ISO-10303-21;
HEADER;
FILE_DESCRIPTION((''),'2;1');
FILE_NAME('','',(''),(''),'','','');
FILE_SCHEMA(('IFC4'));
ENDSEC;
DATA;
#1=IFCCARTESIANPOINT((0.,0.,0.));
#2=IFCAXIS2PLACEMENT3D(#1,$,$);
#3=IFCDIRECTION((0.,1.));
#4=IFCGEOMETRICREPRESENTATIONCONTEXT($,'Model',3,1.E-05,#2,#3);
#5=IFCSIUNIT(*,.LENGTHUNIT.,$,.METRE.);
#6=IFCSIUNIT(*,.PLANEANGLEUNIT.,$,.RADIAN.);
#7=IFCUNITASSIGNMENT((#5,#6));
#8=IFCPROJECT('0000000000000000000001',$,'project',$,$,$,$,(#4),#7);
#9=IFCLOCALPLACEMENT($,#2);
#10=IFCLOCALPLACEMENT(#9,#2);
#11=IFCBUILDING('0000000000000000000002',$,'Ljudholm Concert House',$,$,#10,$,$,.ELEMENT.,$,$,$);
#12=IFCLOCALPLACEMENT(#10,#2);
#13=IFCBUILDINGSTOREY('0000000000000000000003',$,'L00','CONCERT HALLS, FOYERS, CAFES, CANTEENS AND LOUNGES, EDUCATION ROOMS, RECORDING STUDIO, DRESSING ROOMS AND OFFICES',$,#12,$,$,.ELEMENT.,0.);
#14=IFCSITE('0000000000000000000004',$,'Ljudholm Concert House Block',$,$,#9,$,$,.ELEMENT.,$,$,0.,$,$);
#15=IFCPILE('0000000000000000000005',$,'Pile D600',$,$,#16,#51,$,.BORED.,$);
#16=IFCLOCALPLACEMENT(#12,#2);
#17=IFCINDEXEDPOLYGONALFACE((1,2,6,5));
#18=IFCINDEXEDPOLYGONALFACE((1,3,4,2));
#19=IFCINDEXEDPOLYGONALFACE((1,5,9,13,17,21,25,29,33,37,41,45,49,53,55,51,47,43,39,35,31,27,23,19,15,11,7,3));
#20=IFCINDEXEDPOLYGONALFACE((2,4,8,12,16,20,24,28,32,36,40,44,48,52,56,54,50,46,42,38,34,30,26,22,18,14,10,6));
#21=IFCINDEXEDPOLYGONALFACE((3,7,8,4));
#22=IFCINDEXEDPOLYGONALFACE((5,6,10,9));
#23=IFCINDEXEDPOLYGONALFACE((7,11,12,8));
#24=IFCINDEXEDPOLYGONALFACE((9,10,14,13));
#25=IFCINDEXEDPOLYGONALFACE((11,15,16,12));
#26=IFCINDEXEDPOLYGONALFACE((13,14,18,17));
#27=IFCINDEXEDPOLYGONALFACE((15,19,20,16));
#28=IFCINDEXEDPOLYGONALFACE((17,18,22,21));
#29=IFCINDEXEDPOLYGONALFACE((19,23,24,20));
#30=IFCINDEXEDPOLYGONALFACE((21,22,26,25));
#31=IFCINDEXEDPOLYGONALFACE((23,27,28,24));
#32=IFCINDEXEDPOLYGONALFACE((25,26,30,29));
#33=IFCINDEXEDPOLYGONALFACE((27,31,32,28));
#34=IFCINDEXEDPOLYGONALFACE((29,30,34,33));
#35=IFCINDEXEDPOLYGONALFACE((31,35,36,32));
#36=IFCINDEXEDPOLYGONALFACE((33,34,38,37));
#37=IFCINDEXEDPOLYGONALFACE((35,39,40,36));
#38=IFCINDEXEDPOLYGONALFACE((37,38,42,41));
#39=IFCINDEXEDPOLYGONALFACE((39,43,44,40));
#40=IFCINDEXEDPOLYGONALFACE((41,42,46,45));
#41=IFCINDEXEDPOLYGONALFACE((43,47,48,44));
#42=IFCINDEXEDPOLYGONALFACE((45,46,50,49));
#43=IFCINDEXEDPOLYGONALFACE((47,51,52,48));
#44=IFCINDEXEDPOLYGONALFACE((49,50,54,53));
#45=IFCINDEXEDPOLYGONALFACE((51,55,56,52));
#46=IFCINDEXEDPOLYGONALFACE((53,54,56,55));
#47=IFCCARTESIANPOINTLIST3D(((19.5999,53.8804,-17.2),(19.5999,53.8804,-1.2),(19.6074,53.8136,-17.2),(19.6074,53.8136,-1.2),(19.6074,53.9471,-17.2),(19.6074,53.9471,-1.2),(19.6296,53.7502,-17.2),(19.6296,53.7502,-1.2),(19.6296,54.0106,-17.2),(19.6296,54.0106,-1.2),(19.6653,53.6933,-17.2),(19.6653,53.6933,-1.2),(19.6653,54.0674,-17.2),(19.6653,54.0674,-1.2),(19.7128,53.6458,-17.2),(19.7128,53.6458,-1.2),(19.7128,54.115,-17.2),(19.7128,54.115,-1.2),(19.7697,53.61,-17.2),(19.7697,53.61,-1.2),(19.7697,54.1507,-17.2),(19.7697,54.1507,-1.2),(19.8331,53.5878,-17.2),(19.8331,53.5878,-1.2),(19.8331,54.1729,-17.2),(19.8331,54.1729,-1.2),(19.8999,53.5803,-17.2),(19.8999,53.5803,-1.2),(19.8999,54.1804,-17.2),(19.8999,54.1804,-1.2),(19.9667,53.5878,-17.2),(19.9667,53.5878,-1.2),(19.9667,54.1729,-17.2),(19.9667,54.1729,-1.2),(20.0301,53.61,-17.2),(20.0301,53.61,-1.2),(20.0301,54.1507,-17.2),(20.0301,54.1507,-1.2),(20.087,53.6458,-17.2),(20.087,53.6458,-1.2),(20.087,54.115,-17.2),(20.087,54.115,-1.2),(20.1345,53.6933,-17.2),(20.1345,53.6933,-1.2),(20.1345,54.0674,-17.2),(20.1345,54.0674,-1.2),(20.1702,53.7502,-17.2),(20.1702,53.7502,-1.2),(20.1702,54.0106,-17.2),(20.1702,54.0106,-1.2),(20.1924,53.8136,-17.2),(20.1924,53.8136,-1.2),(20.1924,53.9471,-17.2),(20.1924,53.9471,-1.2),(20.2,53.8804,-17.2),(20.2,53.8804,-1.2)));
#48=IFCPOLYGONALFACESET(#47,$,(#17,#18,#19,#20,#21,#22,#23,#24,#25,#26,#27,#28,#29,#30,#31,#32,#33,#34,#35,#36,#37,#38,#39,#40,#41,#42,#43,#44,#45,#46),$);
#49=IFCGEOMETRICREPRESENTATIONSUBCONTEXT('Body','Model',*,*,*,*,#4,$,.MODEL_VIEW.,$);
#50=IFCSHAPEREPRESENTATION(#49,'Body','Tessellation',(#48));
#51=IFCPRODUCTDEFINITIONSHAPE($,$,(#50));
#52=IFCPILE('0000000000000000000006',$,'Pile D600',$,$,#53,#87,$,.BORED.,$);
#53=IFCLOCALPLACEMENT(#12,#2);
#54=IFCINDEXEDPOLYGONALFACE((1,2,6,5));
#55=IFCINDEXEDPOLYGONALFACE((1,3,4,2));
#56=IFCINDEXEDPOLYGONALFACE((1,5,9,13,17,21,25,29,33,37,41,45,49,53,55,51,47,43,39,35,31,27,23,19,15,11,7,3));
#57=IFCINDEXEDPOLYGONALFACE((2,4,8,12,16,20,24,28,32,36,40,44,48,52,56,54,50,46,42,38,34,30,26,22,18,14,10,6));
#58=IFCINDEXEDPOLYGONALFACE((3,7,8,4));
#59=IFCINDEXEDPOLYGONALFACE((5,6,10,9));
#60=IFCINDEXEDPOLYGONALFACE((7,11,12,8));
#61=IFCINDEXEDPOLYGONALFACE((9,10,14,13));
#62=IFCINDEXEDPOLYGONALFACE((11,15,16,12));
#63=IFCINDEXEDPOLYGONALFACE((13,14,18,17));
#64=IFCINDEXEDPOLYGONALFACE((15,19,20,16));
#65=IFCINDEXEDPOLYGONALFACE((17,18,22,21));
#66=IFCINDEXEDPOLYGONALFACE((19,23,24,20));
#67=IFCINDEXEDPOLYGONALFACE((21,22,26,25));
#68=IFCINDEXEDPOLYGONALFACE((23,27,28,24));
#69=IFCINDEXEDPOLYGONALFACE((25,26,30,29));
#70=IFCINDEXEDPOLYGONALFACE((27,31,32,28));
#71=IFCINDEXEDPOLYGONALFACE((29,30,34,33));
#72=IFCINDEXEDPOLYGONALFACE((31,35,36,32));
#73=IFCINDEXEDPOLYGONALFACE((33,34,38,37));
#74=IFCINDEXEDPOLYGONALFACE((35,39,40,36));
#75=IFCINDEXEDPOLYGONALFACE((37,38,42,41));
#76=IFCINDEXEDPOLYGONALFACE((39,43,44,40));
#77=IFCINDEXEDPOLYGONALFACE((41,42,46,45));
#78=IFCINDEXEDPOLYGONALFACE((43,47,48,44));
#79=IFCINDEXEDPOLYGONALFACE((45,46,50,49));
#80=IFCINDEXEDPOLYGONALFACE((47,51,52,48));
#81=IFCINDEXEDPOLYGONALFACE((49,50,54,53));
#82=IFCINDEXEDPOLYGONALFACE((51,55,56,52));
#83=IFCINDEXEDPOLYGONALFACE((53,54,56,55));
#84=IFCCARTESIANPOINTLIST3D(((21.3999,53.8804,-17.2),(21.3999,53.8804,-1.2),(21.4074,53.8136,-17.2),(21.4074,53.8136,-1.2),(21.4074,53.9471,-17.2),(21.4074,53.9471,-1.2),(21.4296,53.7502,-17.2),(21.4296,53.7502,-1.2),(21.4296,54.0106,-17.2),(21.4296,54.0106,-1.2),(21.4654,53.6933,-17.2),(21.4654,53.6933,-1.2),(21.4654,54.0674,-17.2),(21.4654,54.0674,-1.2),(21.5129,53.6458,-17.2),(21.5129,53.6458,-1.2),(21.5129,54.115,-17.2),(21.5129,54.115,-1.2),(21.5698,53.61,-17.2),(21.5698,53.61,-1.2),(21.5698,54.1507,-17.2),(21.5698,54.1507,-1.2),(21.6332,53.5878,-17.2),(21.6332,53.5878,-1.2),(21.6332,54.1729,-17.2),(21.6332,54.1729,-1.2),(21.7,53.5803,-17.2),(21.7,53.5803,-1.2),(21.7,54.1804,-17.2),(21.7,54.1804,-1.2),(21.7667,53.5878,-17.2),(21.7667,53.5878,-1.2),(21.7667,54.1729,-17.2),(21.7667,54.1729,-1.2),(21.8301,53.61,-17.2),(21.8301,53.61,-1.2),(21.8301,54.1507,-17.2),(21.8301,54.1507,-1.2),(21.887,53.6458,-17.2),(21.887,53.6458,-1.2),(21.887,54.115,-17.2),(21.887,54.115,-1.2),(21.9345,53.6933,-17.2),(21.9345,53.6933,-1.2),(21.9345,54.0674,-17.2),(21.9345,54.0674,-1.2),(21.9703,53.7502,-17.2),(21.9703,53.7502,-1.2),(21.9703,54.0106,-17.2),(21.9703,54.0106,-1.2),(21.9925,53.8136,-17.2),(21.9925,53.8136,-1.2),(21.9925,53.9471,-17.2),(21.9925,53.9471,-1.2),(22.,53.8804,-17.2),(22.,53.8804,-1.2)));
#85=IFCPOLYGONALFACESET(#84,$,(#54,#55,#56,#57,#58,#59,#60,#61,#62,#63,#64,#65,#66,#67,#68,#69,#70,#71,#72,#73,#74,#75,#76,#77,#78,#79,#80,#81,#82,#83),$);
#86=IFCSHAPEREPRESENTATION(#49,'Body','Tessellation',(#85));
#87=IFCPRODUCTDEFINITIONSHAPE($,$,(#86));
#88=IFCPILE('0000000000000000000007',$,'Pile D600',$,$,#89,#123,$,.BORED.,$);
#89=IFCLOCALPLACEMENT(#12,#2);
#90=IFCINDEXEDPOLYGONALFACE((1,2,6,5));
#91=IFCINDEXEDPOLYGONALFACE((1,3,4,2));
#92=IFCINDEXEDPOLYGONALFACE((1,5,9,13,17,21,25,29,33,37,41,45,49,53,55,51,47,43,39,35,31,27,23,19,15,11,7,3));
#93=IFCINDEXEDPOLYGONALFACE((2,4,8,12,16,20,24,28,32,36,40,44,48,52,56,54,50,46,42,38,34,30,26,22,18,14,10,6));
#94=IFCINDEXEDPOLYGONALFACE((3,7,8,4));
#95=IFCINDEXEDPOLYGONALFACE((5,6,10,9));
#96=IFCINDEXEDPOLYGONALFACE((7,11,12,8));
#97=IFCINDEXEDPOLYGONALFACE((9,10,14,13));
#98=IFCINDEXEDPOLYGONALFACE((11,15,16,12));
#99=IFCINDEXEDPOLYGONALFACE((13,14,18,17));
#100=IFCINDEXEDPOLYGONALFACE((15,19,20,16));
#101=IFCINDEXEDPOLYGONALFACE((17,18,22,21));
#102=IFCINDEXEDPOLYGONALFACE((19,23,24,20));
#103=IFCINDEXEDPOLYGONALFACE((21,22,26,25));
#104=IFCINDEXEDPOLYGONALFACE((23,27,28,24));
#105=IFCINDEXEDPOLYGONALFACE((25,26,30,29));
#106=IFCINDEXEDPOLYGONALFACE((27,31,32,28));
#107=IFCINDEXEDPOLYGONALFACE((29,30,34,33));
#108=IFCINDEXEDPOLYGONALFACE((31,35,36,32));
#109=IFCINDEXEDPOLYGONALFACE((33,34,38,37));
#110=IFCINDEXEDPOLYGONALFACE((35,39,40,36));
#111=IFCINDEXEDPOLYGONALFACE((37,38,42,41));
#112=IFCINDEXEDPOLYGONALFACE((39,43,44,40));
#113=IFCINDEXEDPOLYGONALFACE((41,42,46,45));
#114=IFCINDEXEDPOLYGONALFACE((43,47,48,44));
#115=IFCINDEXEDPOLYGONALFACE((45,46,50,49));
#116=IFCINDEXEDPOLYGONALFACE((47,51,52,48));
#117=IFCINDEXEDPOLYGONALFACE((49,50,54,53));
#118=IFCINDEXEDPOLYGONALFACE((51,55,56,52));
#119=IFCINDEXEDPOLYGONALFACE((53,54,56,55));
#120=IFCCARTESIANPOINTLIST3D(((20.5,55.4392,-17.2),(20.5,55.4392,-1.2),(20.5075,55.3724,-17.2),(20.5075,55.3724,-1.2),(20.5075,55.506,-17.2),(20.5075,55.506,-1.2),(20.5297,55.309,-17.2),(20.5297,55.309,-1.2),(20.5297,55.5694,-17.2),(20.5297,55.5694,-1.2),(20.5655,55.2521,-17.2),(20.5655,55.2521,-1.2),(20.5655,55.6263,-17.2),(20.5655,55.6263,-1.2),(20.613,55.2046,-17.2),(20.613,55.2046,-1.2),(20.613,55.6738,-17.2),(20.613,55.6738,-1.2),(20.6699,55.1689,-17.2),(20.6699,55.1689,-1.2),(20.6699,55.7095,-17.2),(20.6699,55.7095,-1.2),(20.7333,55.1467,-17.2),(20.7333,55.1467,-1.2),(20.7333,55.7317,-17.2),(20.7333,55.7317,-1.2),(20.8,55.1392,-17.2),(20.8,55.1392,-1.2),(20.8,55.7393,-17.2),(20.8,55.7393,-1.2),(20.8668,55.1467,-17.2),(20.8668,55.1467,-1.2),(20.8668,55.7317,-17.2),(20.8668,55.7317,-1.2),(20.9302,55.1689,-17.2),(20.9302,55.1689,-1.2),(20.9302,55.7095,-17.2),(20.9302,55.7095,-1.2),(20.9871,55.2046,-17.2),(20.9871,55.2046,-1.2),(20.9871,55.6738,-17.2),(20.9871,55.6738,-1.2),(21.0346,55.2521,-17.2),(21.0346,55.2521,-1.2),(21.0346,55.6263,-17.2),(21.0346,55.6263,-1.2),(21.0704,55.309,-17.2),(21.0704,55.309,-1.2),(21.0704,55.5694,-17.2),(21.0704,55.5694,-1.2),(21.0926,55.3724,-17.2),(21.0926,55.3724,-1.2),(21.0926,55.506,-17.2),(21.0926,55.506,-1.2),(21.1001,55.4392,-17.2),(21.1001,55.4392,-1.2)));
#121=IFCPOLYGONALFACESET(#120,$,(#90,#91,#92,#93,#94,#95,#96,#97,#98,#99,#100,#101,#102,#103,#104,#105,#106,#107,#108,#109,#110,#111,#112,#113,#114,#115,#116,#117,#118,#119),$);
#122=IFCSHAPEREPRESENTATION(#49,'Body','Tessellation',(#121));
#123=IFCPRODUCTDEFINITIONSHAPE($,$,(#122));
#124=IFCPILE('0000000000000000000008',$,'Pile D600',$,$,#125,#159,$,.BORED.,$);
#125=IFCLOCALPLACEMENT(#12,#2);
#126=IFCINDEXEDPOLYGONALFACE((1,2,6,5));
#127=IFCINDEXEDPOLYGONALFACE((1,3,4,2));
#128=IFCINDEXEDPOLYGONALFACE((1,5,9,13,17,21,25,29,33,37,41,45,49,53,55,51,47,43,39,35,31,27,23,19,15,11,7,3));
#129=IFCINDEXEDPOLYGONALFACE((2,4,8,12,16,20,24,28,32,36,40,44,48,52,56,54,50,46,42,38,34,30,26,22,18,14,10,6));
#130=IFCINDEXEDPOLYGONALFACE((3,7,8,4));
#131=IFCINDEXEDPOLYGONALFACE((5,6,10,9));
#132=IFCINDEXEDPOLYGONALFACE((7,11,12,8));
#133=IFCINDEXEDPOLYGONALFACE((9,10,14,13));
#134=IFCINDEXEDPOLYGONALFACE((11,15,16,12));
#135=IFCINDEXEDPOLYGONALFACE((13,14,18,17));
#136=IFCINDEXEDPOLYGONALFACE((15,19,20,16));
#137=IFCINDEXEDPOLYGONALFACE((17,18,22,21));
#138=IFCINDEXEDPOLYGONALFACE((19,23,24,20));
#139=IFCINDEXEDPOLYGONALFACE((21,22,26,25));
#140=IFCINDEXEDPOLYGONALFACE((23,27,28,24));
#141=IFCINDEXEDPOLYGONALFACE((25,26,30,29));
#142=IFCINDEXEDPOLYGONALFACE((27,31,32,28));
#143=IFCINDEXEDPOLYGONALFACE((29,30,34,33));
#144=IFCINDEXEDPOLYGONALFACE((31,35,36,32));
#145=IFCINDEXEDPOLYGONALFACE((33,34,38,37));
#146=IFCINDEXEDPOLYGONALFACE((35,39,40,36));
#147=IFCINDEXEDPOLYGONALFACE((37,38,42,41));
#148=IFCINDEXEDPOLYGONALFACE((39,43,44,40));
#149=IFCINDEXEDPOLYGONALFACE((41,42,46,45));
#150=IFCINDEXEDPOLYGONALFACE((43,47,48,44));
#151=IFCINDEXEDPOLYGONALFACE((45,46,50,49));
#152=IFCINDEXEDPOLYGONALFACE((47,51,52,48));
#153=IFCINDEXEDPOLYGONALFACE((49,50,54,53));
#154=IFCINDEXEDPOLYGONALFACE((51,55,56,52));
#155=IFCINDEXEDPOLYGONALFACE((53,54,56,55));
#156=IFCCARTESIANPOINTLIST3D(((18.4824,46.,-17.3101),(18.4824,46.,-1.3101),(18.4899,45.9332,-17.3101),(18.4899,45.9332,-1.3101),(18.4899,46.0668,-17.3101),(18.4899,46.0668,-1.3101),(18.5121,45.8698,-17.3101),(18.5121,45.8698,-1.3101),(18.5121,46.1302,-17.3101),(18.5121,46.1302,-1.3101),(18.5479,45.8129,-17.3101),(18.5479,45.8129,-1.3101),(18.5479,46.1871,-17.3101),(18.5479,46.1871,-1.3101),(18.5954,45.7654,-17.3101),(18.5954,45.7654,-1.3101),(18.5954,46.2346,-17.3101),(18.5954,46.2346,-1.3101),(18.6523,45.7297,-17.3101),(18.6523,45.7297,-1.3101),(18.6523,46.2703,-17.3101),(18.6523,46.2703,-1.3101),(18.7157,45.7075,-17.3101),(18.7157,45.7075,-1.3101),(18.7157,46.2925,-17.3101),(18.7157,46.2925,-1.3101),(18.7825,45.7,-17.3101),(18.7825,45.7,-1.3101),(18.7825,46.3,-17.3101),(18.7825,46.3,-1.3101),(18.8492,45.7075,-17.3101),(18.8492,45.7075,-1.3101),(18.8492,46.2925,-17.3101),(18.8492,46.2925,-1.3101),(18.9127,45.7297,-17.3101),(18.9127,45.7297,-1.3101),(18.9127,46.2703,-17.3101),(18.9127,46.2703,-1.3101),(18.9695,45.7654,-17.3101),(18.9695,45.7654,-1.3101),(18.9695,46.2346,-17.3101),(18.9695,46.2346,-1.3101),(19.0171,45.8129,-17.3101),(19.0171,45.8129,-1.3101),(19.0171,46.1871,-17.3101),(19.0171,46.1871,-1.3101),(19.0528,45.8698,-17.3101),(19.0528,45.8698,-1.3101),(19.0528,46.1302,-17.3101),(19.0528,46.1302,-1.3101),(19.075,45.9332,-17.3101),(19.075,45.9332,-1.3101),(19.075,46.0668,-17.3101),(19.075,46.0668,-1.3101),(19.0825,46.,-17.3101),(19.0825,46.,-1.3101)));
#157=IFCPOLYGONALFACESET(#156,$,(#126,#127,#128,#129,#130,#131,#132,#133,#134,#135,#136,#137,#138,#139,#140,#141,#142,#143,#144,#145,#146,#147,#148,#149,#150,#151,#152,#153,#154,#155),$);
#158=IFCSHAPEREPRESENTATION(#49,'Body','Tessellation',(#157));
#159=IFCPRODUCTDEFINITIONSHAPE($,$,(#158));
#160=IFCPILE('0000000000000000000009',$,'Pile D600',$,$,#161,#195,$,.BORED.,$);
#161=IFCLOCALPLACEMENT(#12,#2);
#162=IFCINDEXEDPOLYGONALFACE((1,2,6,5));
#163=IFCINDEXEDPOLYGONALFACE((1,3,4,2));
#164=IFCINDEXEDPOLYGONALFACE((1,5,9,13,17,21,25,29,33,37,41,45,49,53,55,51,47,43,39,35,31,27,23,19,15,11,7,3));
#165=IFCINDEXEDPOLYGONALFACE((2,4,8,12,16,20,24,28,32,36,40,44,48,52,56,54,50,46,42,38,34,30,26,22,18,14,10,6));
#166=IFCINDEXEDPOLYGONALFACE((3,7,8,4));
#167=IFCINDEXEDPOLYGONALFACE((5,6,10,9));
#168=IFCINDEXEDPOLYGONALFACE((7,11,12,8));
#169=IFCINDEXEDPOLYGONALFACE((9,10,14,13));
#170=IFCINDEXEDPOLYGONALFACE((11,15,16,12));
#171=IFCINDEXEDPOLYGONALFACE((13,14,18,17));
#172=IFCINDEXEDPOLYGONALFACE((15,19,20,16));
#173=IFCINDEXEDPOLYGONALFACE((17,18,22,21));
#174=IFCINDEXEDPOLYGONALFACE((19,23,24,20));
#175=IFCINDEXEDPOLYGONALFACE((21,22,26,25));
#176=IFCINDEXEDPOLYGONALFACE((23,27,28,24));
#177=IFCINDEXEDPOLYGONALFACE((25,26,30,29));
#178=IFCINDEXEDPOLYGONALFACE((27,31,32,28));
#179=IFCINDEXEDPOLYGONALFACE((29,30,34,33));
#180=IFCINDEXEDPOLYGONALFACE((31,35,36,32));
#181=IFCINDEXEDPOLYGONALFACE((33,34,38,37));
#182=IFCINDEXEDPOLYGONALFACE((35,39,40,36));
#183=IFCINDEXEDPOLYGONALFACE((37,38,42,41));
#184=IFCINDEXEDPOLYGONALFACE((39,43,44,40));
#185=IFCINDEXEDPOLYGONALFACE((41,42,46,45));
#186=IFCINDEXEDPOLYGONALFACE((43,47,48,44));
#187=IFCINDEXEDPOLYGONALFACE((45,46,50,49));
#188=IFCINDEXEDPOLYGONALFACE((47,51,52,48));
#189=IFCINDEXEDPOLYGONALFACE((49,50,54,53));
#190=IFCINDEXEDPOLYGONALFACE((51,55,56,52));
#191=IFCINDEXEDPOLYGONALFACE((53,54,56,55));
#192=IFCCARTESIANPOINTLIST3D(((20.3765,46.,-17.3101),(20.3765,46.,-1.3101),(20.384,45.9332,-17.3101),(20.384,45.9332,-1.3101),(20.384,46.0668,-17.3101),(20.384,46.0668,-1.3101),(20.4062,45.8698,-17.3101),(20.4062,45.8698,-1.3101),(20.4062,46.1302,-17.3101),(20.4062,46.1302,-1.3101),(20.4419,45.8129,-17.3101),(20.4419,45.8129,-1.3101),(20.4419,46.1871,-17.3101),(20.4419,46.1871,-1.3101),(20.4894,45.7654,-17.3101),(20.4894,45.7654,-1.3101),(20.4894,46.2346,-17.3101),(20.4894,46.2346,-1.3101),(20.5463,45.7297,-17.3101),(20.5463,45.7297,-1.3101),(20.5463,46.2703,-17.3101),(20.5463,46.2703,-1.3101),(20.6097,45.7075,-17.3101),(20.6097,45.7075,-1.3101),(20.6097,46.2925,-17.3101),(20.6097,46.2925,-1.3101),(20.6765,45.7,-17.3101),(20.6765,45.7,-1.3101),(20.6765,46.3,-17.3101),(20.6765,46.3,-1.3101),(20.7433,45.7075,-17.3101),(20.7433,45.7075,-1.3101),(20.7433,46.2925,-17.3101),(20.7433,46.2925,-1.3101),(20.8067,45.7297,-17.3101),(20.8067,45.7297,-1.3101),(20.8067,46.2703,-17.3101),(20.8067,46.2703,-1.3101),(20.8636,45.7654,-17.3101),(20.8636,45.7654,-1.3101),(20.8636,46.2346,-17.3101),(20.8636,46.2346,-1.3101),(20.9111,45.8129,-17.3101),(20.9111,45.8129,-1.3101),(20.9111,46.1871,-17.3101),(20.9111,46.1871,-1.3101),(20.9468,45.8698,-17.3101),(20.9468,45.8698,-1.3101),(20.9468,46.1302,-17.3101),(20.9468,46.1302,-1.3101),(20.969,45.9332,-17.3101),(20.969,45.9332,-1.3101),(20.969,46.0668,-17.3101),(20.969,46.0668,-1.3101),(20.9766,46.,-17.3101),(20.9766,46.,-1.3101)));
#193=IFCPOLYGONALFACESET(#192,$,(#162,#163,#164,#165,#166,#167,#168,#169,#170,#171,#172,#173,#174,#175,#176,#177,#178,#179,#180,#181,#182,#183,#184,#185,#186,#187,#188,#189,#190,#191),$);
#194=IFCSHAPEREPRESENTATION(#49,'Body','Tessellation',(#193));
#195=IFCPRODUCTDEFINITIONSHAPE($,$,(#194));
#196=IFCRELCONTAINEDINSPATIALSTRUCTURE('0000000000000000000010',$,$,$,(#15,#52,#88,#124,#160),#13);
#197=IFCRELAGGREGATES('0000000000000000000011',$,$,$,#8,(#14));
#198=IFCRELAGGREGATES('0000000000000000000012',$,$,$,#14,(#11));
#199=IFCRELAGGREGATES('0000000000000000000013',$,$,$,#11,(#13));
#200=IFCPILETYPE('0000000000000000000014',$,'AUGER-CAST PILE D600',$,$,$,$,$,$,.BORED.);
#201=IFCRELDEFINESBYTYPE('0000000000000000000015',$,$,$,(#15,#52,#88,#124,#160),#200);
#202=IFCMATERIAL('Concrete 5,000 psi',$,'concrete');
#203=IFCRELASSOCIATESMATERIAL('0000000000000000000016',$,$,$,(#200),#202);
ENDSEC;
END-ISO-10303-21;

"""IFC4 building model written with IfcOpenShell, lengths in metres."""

from ifc_helpers import new_model, si_unit, direction, frame, origin, origin_2d, place, context, subcontext, project, spatial, circle, extrude, material, material_profile, profile_set, type_object, element, save


model = new_model("IFC4")

# Units and contexts
model_context = context("Model", 3, precision=1e-05, world=origin(), true_north=direction((0.0, 1.0)))
body_context = subcontext(model_context, "Body", "Model", "MODEL_VIEW")
ifc_project = project(units=[si_unit("LENGTHUNIT", "METRE"), si_unit("PLANEANGLEUNIT", "RADIAN")], contexts=[model_context])

# Site, building, storey
site_placement = place(None, origin())
site = spatial("IfcSite", under=ifc_project, at=site_placement, Name="Ljudholm Concert House Block", CompositionType="ELEMENT", RefElevation=0.0)
building_placement = place(site_placement, origin())
building = spatial("IfcBuilding", under=site, at=building_placement, Name="Ljudholm Concert House", CompositionType="ELEMENT")
storey_placement = place(building_placement, origin())
storey = spatial("IfcBuildingStorey", under=building, at=storey_placement, Name="L00", Description="CONCERT HALLS, FOYERS, CAFES, CANTEENS AND LOUNGES, EDUCATION ROOMS, RECORDING STUDIO, DRESSING ROOMS AND OFFICES", CompositionType="ELEMENT", Elevation=0.0)

# Piles
ifc_material_1 = material(Name="Concrete 5,000 psi", Category="concrete")
ifc_material_profile_1 = material_profile(ifc_material_1, circle(Radius=0.3, at=origin_2d()), Name="AUGER-CAST PILE D600")
ifc_profile_set_1 = profile_set([ifc_material_profile_1], Name="Concrete 5,000 psi")
pile_type = type_object("IfcPileType", Name="AUGER-CAST PILE D600", PredefinedType="BORED", material=ifc_profile_set_1)
for number, where, z_axis, x_axis, name in (
    (1, (19.8999, 53.8804, -1.2), (0.0, 0.0, -1.0), (1.0, 0.0, 0.0), "Pile D600"),
    (2, (21.7, 53.8804, -1.2), (0.0, 0.0, -1.0), (1.0, 0.0, 0.0), "Pile D600"),
    (3, (20.8, 55.4392, -1.2), (0.0, 0.0, -1.0), (1.0, 0.0, 0.0), "Pile D600"),
    (4, (18.7825, 46.0, -1.3101), (0.0, 0.0, -1.0), (1.0, 0.0, 0.0), "Pile D600"),
    (5, (20.6765, 46.0, -1.3101), (0.0, 0.0, -1.0), (1.0, 0.0, 0.0), "Pile D600"),
):
    element("IfcPile", number, at=place(storey_placement, frame(where, z_axis=z_axis, x_axis=x_axis)), inside=storey, type_object=pile_type, Name=name, PredefinedType="BORED", context=body_context, shape_type="SweptSolid", body=[
        extrude(circle(Radius=0.3, at=origin_2d()), origin(), (0.0, 0.0, 1.0), 16.0),
    ])

save(model, "model.ifc")
